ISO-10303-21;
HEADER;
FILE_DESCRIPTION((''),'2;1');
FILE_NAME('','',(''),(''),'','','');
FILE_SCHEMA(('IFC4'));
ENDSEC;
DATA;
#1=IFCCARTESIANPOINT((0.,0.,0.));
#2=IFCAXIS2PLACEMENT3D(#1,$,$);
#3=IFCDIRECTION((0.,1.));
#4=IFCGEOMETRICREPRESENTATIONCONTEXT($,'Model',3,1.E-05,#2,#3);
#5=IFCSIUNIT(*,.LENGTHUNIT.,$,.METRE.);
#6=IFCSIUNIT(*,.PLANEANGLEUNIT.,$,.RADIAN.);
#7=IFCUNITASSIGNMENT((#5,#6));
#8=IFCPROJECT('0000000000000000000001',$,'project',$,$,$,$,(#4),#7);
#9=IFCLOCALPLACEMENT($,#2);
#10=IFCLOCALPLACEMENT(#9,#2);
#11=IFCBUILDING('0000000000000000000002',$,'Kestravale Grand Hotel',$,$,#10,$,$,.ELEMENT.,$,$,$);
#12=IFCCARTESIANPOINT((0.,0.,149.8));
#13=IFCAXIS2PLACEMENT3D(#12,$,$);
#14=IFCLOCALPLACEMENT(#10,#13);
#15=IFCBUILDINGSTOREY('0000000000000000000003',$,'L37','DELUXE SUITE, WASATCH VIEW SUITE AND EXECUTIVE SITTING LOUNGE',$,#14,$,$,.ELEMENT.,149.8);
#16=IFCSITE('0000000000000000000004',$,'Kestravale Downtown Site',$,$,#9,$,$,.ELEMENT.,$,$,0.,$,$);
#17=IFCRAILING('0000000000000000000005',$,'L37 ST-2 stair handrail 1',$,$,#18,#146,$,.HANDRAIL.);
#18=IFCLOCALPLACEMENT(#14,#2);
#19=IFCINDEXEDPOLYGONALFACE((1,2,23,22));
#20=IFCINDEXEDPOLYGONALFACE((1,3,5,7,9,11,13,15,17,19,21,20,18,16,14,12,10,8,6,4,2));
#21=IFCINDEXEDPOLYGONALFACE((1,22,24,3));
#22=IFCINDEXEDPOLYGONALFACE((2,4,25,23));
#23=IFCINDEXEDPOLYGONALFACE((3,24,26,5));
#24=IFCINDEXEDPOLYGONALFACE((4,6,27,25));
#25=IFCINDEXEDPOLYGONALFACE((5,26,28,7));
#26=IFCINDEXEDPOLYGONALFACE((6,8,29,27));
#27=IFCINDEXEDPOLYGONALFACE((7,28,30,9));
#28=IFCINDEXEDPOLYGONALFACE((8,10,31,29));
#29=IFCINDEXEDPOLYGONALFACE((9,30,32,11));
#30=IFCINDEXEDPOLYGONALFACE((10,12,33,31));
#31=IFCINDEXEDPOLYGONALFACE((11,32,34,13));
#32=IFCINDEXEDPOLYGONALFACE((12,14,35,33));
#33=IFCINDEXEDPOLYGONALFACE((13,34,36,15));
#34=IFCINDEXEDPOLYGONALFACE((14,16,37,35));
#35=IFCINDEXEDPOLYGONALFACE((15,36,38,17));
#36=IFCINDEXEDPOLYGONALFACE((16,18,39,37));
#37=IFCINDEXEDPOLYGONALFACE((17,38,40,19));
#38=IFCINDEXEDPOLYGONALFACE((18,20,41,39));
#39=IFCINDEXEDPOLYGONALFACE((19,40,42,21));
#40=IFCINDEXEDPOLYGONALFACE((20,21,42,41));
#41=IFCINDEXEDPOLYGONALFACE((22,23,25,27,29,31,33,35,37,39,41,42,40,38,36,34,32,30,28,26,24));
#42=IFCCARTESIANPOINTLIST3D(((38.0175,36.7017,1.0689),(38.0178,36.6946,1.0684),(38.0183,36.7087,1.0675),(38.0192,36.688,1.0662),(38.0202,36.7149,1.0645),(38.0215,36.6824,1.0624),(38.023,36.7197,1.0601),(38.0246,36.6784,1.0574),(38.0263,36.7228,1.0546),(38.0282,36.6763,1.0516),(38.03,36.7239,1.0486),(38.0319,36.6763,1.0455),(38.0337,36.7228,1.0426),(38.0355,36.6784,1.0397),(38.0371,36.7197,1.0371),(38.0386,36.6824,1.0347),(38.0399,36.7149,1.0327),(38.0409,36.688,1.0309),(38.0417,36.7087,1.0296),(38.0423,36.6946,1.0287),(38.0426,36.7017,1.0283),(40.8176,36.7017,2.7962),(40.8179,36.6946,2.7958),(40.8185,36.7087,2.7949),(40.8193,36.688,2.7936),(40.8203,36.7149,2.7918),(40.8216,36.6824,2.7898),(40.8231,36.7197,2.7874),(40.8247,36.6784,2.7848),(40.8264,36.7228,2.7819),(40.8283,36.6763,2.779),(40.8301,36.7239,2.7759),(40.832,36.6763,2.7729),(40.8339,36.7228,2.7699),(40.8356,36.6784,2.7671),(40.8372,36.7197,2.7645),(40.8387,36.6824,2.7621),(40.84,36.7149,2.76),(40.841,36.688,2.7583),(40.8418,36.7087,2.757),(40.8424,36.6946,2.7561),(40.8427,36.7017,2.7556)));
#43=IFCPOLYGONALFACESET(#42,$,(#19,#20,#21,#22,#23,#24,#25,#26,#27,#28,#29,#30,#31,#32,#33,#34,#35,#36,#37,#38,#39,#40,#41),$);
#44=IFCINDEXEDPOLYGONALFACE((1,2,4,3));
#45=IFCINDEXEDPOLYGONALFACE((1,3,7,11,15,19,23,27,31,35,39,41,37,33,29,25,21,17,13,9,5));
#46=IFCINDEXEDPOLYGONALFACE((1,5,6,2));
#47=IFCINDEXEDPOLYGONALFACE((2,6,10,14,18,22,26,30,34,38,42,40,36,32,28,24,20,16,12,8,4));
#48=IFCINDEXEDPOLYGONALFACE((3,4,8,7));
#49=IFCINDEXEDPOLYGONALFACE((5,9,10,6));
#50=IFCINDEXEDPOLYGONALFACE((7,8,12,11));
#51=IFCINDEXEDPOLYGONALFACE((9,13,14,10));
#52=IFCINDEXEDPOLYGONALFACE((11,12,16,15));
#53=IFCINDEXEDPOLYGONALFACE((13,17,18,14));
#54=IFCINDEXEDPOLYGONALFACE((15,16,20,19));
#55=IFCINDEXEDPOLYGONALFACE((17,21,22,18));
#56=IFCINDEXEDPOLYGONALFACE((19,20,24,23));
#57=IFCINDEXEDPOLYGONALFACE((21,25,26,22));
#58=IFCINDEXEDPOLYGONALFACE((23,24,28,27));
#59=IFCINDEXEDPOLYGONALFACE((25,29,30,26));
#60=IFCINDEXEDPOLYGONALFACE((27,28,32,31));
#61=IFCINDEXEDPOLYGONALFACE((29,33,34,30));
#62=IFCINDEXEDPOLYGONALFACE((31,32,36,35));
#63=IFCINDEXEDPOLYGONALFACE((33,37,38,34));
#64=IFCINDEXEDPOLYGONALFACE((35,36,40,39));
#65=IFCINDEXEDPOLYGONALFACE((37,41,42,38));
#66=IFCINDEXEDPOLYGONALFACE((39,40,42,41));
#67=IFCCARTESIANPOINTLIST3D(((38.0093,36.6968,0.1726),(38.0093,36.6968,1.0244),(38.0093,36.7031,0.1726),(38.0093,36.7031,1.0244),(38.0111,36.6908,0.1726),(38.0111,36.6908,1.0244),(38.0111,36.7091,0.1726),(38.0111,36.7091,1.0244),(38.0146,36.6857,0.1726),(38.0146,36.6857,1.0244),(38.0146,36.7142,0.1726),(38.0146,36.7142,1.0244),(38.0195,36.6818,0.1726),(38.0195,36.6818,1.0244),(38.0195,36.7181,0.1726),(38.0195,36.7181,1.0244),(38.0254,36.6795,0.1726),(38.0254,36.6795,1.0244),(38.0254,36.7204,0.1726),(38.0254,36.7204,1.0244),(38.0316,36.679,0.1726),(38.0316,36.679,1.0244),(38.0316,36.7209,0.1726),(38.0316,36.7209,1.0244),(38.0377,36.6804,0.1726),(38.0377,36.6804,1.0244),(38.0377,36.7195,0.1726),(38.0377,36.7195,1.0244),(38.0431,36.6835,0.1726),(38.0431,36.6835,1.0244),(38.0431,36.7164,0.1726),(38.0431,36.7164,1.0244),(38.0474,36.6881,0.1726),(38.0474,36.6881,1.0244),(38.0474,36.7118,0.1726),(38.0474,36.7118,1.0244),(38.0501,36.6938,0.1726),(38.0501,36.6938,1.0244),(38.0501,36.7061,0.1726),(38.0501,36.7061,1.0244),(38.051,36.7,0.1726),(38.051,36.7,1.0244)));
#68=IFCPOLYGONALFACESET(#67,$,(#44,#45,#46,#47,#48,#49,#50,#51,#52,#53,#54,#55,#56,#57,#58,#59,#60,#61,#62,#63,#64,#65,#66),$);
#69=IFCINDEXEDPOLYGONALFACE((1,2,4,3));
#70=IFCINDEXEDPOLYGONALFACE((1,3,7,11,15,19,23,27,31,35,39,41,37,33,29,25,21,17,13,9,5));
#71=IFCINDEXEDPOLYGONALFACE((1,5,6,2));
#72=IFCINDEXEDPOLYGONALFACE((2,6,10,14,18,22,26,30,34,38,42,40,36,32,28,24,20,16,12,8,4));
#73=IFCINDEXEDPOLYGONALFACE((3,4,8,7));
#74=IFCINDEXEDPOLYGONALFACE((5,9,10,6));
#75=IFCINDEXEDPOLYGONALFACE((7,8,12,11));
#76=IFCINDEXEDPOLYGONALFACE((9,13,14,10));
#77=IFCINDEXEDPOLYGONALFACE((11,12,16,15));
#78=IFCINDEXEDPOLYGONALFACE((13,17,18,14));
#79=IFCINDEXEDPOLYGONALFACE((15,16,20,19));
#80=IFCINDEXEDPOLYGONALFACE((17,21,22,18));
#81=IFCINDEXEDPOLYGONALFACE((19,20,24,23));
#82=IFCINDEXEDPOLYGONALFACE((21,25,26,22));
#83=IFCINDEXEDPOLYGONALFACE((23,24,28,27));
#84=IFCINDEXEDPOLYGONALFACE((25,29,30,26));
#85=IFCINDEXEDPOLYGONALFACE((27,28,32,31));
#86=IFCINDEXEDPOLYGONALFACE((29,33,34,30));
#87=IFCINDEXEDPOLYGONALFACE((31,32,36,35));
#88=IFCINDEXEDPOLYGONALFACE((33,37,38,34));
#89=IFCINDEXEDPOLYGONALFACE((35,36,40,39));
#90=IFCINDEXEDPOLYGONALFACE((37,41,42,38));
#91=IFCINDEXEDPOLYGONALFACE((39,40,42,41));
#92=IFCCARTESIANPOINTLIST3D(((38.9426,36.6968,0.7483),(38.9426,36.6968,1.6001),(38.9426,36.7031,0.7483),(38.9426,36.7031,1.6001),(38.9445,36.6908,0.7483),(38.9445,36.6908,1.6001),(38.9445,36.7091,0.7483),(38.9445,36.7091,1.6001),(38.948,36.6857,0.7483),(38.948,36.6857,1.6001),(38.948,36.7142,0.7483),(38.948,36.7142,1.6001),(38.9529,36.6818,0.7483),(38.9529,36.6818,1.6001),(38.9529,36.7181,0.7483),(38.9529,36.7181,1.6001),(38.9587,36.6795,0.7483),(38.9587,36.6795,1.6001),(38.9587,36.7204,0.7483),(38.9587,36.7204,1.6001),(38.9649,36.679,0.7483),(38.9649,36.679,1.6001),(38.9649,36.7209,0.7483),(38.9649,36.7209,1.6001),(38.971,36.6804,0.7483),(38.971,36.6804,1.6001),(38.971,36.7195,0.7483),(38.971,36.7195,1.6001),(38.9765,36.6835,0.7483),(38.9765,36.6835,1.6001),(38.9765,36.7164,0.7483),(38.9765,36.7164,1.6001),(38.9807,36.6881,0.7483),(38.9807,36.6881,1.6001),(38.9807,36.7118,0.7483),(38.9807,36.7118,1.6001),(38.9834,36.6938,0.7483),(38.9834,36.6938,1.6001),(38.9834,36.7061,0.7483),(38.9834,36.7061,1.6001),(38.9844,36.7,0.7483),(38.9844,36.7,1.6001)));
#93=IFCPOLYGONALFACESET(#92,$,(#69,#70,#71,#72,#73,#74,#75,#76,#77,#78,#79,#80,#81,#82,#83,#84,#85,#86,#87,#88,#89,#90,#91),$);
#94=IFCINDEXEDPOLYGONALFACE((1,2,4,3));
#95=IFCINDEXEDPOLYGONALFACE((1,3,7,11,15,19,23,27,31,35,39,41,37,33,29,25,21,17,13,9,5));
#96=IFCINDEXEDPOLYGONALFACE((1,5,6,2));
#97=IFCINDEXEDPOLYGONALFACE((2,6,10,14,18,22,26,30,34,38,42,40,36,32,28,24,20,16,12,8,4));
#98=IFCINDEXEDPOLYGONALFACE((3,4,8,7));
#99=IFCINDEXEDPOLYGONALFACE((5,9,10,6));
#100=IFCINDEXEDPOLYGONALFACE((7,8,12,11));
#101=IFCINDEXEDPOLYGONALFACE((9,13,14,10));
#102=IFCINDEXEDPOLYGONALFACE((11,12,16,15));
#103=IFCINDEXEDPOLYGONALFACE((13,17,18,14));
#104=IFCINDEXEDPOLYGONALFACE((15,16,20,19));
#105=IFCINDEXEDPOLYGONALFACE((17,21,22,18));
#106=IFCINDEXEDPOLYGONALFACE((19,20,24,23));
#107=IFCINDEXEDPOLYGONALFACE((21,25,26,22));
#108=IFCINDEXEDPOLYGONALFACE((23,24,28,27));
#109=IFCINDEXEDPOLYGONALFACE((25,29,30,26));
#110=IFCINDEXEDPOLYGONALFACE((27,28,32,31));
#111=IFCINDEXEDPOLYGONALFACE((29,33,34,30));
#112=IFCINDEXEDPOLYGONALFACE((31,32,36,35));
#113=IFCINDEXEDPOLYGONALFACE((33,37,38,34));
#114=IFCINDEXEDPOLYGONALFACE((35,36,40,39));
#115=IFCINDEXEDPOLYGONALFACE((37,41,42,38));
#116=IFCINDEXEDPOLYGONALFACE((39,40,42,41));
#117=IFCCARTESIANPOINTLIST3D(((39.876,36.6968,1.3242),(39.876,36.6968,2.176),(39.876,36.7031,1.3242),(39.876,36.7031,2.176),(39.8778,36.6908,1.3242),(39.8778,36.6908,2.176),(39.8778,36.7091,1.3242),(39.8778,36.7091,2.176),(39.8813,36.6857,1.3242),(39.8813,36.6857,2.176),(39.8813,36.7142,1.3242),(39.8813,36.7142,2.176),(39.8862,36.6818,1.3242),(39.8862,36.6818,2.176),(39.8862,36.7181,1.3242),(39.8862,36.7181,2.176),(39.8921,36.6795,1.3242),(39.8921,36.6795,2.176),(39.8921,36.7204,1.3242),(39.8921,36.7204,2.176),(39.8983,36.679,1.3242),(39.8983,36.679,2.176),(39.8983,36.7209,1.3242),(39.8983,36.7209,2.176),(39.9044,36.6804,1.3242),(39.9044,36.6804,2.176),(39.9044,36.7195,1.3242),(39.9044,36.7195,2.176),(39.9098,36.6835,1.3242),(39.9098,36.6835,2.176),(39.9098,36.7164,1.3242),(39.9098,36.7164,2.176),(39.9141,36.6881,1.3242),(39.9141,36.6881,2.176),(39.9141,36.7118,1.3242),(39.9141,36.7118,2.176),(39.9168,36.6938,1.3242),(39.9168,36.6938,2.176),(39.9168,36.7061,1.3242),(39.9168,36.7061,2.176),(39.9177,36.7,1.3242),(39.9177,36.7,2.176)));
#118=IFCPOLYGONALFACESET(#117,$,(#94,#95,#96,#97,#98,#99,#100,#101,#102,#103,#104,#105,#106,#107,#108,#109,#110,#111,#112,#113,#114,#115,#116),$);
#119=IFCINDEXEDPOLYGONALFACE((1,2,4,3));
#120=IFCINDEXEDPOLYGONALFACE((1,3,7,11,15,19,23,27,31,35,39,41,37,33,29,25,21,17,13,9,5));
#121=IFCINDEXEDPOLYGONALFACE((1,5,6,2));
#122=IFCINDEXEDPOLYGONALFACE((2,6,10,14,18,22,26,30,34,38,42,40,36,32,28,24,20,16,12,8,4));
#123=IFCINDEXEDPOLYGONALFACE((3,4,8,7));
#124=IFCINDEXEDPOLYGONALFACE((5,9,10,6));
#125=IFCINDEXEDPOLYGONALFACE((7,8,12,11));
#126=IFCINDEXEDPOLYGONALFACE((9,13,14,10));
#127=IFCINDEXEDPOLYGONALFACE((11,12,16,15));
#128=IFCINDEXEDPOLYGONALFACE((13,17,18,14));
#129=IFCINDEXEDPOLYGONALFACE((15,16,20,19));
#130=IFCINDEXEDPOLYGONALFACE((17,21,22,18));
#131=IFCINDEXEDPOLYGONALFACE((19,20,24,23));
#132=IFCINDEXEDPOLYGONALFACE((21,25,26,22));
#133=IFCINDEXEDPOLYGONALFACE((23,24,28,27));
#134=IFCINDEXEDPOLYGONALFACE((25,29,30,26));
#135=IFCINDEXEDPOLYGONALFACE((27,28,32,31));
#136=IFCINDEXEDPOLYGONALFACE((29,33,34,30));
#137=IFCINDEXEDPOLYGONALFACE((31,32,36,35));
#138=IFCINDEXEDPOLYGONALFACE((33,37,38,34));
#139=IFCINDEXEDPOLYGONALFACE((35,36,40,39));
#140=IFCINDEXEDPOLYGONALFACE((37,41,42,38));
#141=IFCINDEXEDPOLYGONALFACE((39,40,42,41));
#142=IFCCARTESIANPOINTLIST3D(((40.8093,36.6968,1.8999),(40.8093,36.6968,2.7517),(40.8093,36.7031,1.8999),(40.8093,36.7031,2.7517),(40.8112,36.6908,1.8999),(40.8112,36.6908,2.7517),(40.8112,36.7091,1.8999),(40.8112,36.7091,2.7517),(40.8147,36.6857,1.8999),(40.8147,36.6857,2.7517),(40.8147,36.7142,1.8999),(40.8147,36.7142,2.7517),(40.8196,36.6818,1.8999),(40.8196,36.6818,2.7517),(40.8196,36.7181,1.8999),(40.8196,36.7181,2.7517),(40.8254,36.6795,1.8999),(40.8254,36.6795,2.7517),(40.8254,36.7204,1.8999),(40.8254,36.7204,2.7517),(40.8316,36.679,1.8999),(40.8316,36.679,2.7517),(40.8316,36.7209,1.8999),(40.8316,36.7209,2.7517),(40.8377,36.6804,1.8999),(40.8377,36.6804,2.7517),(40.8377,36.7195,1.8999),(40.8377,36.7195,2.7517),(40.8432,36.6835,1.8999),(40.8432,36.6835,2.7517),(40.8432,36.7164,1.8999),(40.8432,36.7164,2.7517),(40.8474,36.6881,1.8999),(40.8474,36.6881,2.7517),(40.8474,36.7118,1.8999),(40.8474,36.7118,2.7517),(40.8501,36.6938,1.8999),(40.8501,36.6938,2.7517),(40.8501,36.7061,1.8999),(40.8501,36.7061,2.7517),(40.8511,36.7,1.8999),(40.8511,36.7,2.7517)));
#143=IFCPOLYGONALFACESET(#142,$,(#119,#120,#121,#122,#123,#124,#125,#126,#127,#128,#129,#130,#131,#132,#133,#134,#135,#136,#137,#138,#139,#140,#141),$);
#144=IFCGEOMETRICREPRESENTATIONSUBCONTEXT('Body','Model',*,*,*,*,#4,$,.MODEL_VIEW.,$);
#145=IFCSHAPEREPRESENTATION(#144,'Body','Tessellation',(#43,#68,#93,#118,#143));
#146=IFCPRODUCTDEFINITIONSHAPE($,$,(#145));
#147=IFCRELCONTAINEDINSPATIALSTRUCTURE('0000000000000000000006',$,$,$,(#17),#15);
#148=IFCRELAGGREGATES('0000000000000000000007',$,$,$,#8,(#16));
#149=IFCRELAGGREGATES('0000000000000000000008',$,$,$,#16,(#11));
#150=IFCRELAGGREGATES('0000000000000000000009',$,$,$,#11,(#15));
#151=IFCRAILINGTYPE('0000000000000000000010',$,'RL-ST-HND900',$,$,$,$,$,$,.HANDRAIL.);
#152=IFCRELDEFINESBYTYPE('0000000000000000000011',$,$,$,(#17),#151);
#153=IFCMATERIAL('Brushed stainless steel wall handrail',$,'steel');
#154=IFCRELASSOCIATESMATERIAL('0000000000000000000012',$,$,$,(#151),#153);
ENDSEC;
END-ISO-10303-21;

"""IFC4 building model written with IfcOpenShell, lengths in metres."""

from ifc_helpers import new_model, si_unit, direction, frame, origin, origin_2d, place, context, subcontext, project, spatial, circle, extrude, material, type_object, element, save


model = new_model("IFC4")

# Units and contexts
model_context = context("Model", 3, precision=1e-05, world=origin(), true_north=direction((0.0, 1.0)))
body_context = subcontext(model_context, "Body", "Model", "MODEL_VIEW")
ifc_project = project(units=[si_unit("LENGTHUNIT", "METRE"), si_unit("PLANEANGLEUNIT", "RADIAN")], contexts=[model_context])

# Site, building, storey
site_placement = place(None, origin())
site = spatial("IfcSite", under=ifc_project, at=site_placement, Name="Kestravale Downtown Site", CompositionType="ELEMENT", RefElevation=0.0)
building_placement = place(site_placement, origin())
building = spatial("IfcBuilding", under=site, at=building_placement, Name="Kestravale Grand Hotel", CompositionType="ELEMENT")
storey_placement = place(building_placement, frame((0.0, 0.0, 149.8)))
storey = spatial("IfcBuildingStorey", under=building, at=storey_placement, Name="L37", Description="DELUXE SUITE, WASATCH VIEW SUITE AND EXECUTIVE SITTING LOUNGE", CompositionType="ELEMENT", Elevation=149.8)

# Railing
ifc_material_1 = material(Name="Brushed stainless steel wall handrail", Category="steel")
railing_type = type_object("IfcRailingType", Name="RL-ST-HND900", PredefinedType="HANDRAIL", material=ifc_material_1)
railing_placement = place(storey_placement, frame((38.03, 36.7, 0.1726)))
element("IfcRailing", 1, at=railing_placement, inside=storey, type_object=railing_type, Name="L37 ST-2 stair handrail 1", PredefinedType="HANDRAIL", context=body_context, shape_type="SweptSolid", body=[
    extrude(circle(Radius=0.0239, at=origin_2d()), frame((0.0, 0.0, 0.876), z_axis=(0.85109, 0.0, 0.52502), x_axis=(0.0, 1.0, 0.0)), (0.0, 0.0, 1.0), 3.29),
    extrude(circle(Radius=0.021, at=origin_2d()), origin(), (0.0, 0.0, 1.0), 0.8518),
    extrude(circle(Radius=0.021, at=origin_2d()), frame((0.9333, 0.0, 0.5757)), (0.0, 0.0, 1.0), 0.8518),
    extrude(circle(Radius=0.021, at=origin_2d()), frame((1.8667, 0.0, 1.1516)), (0.0, 0.0, 1.0), 0.8518),
    extrude(circle(Radius=0.021, at=origin_2d()), frame((2.8, 0.0, 1.7273)), (0.0, 0.0, 1.0), 0.8518),
])

save(model, "model.ifc")
